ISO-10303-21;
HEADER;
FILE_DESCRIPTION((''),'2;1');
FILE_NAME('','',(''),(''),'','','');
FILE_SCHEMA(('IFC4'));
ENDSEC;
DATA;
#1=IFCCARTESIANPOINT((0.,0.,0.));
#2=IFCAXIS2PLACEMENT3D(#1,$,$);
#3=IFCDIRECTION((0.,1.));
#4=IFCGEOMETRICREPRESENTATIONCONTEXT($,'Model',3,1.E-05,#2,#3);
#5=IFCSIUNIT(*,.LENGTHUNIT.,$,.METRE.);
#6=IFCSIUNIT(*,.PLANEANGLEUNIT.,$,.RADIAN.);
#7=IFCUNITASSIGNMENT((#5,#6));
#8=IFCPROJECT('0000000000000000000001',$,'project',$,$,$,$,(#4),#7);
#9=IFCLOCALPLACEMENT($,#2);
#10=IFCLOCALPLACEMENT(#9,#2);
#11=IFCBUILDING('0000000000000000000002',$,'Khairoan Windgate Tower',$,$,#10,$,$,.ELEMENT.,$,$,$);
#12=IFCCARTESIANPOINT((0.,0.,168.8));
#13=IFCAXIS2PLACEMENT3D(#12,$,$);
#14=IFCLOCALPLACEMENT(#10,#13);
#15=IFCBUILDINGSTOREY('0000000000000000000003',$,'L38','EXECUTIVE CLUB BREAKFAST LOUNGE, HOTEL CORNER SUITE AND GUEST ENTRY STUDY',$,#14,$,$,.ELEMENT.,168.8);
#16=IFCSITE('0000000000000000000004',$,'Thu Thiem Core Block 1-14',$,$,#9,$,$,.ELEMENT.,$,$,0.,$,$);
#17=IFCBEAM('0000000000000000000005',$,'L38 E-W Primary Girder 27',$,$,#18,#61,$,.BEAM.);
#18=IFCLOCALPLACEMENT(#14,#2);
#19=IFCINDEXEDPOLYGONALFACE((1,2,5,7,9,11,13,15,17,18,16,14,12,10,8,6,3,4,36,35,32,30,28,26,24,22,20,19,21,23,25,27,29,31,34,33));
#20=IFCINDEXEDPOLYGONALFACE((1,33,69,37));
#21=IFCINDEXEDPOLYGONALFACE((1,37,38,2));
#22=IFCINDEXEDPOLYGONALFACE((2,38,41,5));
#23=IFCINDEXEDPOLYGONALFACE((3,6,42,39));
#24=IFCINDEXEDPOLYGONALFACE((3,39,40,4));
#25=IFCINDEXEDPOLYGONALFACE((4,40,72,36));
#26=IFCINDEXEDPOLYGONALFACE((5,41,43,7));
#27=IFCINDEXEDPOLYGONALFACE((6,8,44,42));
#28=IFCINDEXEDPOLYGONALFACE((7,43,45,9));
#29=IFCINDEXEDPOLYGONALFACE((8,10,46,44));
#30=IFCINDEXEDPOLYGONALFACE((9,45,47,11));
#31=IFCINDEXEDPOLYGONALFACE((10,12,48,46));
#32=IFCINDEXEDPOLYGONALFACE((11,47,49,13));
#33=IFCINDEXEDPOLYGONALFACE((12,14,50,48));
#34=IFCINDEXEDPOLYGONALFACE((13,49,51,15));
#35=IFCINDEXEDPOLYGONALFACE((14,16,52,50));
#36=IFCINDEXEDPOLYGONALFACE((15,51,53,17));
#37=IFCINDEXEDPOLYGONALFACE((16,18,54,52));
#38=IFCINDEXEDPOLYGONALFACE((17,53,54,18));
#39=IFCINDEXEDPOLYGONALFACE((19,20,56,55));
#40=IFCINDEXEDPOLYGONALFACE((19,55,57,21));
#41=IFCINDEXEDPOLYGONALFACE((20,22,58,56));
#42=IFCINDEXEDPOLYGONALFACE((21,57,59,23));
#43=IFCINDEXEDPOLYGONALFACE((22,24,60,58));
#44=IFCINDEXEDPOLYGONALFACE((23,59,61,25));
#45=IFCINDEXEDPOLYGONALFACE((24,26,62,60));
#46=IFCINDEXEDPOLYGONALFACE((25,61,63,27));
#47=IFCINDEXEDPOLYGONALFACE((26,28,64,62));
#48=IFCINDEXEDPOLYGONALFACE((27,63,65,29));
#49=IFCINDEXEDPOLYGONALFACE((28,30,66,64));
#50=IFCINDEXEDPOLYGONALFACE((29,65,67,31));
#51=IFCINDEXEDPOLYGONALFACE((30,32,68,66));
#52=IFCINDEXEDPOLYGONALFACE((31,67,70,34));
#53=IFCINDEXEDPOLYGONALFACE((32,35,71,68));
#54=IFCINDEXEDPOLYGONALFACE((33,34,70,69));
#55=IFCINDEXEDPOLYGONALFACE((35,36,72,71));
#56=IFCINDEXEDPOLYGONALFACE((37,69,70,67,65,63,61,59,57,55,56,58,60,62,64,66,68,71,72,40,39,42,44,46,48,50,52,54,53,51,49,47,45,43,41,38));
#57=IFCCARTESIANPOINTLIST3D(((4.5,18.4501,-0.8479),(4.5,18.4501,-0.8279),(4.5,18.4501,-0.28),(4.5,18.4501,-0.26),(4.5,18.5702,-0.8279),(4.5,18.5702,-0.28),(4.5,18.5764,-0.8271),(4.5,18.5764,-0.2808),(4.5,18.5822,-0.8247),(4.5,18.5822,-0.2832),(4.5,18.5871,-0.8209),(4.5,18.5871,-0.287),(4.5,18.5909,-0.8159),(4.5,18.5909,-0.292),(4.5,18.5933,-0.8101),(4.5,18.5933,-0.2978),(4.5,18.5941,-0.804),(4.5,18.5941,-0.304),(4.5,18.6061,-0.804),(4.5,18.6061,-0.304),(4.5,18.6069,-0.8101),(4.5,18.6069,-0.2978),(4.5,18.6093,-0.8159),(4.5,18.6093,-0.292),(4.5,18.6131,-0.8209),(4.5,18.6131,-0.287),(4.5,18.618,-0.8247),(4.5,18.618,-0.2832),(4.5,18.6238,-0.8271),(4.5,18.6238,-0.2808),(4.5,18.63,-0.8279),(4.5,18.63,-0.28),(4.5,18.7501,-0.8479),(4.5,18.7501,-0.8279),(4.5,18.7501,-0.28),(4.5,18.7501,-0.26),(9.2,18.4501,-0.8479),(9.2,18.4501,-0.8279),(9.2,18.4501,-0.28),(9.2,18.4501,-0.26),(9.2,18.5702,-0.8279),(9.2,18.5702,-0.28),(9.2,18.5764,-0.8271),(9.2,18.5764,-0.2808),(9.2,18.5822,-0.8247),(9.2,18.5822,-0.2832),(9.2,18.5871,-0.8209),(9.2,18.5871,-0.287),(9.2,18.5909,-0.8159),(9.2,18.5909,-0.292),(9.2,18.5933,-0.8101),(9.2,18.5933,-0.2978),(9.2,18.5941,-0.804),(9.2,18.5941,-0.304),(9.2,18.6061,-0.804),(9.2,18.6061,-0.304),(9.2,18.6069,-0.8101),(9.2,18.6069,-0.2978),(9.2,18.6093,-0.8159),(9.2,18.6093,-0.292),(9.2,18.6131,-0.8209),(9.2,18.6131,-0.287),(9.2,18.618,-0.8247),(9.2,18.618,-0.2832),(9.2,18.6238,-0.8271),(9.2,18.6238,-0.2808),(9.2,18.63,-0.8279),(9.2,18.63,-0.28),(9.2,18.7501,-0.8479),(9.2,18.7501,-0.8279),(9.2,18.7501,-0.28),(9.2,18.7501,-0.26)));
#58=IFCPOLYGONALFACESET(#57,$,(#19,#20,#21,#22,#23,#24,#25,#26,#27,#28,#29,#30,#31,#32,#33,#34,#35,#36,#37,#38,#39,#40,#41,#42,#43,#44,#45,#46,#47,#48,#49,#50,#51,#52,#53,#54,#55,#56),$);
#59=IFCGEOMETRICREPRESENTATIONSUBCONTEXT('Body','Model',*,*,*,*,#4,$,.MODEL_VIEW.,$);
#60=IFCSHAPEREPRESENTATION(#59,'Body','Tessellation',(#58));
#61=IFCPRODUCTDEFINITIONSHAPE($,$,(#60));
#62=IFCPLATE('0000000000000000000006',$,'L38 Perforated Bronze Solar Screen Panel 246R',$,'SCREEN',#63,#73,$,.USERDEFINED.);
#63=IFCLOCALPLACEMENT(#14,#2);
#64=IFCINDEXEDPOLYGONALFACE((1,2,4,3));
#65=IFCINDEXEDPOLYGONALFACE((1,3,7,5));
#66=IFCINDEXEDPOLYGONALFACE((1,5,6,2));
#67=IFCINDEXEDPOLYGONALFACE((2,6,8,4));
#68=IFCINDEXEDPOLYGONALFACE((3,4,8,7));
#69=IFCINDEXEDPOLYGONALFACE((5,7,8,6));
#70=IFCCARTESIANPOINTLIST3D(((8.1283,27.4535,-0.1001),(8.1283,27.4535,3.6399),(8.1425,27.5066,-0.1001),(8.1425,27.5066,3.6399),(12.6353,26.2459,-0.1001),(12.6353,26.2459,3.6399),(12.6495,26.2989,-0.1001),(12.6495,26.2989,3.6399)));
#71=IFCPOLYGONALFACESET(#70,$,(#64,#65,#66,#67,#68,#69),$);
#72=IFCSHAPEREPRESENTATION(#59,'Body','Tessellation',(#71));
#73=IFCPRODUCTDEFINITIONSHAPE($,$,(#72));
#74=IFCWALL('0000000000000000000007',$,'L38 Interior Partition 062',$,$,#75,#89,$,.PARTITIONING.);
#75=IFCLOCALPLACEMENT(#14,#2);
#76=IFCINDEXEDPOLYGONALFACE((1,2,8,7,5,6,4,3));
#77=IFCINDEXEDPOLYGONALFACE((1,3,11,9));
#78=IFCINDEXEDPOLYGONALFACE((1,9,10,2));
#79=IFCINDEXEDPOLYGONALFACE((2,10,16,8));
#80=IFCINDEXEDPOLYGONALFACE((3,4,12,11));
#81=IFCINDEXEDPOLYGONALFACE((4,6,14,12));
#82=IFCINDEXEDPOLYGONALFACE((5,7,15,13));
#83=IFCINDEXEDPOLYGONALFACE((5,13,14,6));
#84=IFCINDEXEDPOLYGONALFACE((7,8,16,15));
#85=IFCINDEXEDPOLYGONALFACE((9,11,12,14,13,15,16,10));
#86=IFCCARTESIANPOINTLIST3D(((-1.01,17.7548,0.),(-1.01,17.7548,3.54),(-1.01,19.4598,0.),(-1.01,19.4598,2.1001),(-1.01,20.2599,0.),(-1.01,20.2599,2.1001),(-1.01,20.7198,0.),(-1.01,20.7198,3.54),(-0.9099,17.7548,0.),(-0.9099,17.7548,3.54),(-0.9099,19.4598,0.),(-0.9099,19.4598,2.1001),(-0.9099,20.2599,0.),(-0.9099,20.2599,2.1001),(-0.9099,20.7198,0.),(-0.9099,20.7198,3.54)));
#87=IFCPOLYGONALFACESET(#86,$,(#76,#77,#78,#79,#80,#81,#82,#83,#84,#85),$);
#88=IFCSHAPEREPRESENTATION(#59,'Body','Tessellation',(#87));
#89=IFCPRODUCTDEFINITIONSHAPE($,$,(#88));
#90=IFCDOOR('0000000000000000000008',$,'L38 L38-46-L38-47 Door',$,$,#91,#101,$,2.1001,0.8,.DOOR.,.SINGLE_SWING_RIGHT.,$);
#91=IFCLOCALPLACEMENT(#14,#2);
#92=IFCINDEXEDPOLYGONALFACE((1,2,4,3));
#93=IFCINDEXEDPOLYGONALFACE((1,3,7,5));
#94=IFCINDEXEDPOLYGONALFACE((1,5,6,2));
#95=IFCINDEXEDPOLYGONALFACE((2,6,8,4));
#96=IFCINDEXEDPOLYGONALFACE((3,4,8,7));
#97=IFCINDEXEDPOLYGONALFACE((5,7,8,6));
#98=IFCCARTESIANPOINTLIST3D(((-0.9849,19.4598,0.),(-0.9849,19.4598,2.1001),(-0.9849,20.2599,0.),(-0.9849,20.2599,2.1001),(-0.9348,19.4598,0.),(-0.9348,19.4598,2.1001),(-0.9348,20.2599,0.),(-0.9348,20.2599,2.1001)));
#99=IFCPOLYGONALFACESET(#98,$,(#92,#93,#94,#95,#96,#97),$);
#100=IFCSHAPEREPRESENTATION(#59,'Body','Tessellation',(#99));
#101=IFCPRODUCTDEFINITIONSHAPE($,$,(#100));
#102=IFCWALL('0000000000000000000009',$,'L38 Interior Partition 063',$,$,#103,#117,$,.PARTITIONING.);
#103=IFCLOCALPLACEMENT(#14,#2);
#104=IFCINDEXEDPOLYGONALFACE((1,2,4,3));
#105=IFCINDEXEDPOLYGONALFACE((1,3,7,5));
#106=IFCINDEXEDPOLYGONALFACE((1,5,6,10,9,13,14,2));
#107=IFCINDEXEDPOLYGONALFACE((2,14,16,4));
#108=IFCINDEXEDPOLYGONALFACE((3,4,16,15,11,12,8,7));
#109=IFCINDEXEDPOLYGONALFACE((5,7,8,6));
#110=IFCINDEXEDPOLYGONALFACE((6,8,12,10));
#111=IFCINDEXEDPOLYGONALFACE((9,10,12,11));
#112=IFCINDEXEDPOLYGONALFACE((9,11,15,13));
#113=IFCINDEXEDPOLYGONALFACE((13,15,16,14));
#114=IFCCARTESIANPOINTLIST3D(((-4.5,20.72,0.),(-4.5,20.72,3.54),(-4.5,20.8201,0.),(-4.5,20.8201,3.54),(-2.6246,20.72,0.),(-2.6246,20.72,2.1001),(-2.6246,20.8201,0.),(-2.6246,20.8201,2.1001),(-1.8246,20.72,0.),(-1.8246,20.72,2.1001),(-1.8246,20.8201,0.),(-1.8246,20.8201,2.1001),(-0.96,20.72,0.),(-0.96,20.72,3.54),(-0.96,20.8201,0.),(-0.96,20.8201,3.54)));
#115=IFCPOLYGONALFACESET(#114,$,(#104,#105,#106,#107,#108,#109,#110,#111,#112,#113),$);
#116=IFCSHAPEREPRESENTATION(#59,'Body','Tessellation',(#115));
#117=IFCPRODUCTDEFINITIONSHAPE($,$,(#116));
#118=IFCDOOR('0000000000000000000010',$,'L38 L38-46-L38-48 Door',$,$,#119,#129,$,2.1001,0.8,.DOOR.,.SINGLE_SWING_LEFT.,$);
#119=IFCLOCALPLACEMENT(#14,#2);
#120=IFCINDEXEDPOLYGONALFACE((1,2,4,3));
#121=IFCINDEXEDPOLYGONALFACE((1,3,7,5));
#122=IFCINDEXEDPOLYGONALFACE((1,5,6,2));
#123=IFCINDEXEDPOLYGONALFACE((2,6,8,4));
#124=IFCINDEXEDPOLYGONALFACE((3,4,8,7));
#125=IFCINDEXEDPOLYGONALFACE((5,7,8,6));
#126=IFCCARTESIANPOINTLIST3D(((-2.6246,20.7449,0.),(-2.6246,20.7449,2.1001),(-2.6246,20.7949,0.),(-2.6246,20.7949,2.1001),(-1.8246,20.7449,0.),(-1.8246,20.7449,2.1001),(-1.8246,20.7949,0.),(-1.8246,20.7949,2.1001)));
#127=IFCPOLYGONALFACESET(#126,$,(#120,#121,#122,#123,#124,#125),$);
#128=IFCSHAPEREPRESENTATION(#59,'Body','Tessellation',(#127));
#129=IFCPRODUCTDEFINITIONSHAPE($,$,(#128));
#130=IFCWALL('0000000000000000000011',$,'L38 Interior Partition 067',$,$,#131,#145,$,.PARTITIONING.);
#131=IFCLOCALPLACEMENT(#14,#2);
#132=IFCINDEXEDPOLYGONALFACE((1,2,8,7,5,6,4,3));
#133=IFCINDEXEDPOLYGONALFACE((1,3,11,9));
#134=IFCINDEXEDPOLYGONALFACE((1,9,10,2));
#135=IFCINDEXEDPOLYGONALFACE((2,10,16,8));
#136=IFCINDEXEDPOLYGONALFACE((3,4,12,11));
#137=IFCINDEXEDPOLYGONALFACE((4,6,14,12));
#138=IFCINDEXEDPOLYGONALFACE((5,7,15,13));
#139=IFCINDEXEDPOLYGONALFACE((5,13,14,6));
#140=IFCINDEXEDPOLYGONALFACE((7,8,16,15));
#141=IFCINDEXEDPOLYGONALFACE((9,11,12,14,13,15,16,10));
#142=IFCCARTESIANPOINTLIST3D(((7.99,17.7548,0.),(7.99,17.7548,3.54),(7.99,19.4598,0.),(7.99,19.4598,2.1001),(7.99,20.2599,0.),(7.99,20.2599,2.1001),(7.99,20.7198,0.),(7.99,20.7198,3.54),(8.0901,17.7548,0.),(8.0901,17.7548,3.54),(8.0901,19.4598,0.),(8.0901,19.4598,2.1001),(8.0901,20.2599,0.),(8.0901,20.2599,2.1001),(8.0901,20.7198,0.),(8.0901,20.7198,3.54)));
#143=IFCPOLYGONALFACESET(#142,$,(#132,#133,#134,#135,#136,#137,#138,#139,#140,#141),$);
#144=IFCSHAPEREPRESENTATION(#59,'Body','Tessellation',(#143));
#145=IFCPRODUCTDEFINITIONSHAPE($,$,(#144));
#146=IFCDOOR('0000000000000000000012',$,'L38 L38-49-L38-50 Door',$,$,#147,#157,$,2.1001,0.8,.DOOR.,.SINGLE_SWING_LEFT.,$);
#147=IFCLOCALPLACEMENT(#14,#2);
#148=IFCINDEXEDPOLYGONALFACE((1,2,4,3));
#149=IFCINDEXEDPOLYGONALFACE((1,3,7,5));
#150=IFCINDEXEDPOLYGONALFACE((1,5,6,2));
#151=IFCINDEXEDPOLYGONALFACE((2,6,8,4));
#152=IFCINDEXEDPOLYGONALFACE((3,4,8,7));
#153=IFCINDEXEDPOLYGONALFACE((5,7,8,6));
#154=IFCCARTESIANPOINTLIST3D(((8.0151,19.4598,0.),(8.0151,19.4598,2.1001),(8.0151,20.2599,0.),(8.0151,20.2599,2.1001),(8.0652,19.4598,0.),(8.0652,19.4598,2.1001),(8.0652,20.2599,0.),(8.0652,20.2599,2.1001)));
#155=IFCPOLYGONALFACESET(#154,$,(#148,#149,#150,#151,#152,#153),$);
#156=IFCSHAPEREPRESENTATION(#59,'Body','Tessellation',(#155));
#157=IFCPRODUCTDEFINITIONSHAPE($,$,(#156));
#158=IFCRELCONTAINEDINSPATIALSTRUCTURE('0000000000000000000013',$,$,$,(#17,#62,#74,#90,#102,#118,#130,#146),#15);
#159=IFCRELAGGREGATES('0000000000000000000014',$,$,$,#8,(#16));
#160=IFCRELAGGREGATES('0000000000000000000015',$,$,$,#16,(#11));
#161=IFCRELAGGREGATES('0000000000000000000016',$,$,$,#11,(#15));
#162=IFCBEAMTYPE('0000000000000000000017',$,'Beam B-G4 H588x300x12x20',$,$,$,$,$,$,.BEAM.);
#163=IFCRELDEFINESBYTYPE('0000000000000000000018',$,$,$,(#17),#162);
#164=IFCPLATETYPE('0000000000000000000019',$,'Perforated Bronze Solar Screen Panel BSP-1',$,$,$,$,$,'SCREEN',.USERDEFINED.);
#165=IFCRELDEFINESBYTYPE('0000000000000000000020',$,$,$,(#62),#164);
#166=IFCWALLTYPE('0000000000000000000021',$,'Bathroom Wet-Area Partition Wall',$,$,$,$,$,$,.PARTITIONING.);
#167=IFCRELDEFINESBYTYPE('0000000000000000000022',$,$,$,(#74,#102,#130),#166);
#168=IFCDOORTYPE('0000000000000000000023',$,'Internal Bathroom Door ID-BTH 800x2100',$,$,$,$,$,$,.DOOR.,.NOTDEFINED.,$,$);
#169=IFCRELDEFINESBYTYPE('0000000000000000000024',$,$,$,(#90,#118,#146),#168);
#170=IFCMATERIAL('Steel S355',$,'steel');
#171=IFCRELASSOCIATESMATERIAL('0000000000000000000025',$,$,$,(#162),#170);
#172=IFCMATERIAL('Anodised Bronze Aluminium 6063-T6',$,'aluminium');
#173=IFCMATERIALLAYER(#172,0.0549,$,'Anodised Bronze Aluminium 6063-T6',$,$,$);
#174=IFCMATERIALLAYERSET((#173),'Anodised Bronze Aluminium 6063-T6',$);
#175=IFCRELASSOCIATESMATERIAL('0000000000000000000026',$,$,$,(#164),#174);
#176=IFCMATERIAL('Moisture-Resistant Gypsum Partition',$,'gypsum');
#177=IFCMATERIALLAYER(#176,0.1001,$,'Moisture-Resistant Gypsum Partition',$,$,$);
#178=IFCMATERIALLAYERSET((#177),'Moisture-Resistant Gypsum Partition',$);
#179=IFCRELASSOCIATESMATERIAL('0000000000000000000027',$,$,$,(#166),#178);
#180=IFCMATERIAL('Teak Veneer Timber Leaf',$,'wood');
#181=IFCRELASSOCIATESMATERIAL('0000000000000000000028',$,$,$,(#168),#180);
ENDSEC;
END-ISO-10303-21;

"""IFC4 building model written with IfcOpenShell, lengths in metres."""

from ifc_helpers import new_model, si_unit, direction, frame, frame_2d, origin, origin_2d, place, context, subcontext, project, spatial, rectangle, i_section, extrude, material, layer, layer_set, material_profile, profile_set, type_object, element, fill, save


model = new_model("IFC4")

# Units and contexts
model_context = context("Model", 3, precision=1e-05, world=origin(), true_north=direction((0.0, 1.0)))
body_context = subcontext(model_context, "Body", "Model", "MODEL_VIEW")
ifc_project = project(units=[si_unit("LENGTHUNIT", "METRE"), si_unit("PLANEANGLEUNIT", "RADIAN")], contexts=[model_context])

# Site, building, storey
site_placement = place(None, origin())
site = spatial("IfcSite", under=ifc_project, at=site_placement, Name="Thu Thiem Core Block 1-14", CompositionType="ELEMENT", RefElevation=0.0)
building_placement = place(site_placement, origin())
building = spatial("IfcBuilding", under=site, at=building_placement, Name="Khairoan Windgate Tower", CompositionType="ELEMENT")
storey_placement = place(building_placement, frame((0.0, 0.0, 168.8)))
storey = spatial("IfcBuildingStorey", under=building, at=storey_placement, Name="L38", Description="EXECUTIVE CLUB BREAKFAST LOUNGE, HOTEL CORNER SUITE AND GUEST ENTRY STUDY", CompositionType="ELEMENT", Elevation=168.8)

# Beam
ifc_material_1 = material(Name="Steel S355", Category="steel")
ifc_material_profile_1 = material_profile(ifc_material_1, i_section(OverallWidth=0.3, OverallDepth=0.5879, WebThickness=0.012, FlangeThickness=0.02, FilletRadius=0.0239, at=origin_2d()))
ifc_profile_set_1 = profile_set([ifc_material_profile_1], Name="Steel S355")
beam_type = type_object("IfcBeamType", Name="Beam B-G4 H588x300x12x20", PredefinedType="BEAM", material=ifc_profile_set_1)
beam_placement = place(storey_placement, frame((4.5, 18.6001, -0.554), z_axis=(1.0, 0.0, 0.0), x_axis=(0.0, 1.0, 0.0)))
element("IfcBeam", 1, at=beam_placement, inside=storey, type_object=beam_type, Name="L38 E-W Primary Girder 27", PredefinedType="BEAM", context=body_context, shape_type="SweptSolid", body=[
    extrude(i_section(OverallWidth=0.3, OverallDepth=0.5879, WebThickness=0.012, FlangeThickness=0.02, FilletRadius=0.0239, at=origin_2d()), origin(), (0.0, 0.0, 1.0), 4.7),
])

# Plate
ifc_material_2 = material(Name="Anodised Bronze Aluminium 6063-T6", Category="aluminium")
ifc_layer_1 = layer(ifc_material_2, 0.0549, Name="Anodised Bronze Aluminium 6063-T6")
ifc_layer_set_1 = layer_set([ifc_layer_1], Name="Anodised Bronze Aluminium 6063-T6")
plate_type = type_object("IfcPlateType", Name="Perforated Bronze Solar Screen Panel BSP-1", ElementType="SCREEN", PredefinedType="USERDEFINED", material=ifc_layer_set_1)
plate_placement = place(storey_placement, frame((10.3889, 26.8762, -0.1001), z_axis=(0.0, 0.0, 1.0), x_axis=(0.965926, -0.258819, 0.0)))
element("IfcPlate", 2, at=plate_placement, inside=storey, type_object=plate_type, Name="L38 Perforated Bronze Solar Screen Panel 246R", ObjectType="SCREEN", PredefinedType="USERDEFINED", context=body_context, shape_type="SweptSolid", body=[
    extrude(rectangle(XDim=4.666, YDim=0.0549, at=origin_2d()), origin(), (0.0, 0.0, 1.0), 3.74),
])

# Walls, openings, doors
ifc_material_3 = material(Name="Moisture-Resistant Gypsum Partition", Category="gypsum")
ifc_layer_2 = layer(ifc_material_3, 0.1001, Name="Moisture-Resistant Gypsum Partition")
ifc_layer_set_2 = layer_set([ifc_layer_2], Name="Moisture-Resistant Gypsum Partition")
wall_type_1 = type_object("IfcWallType", Name="Bathroom Wet-Area Partition Wall", PredefinedType="PARTITIONING", material=ifc_layer_set_2)
wall_1_placement = place(storey_placement, frame((-0.96, 17.7549, 0.0), z_axis=(0.0, 0.0, 1.0), x_axis=(0.0, 1.0, 0.0)))
wall_1 = element("IfcWall", 3, at=wall_1_placement, inside=storey, type_object=wall_type_1, Name="L38 Interior Partition 062", PredefinedType="PARTITIONING", context=body_context, shape_type="SweptSolid", body=[
    extrude(rectangle(XDim=2.9651, YDim=0.1001, at=frame_2d((1.4824, 0.0))), origin(), (0.0, 0.0, 1.0), 3.54),
])
opening_1_placement = place(wall_1_placement, frame((1.7051, 0.0, 0.0)))
opening_1 = element("IfcOpeningElement", 4, at=opening_1_placement, cuts=wall_1, PredefinedType="OPENING", context=body_context, shape_type="SweptSolid", body=[
    extrude(rectangle(XDim=0.8, YDim=2.1001, at=frame_2d((0.3999, 1.05))), frame((0.0, 0.0601, 0.0), z_axis=(0.0, -1.0, 0.0), x_axis=(1.0, 0.0, 0.0)), (0.0, 0.0, 1.0), 0.1201),
])
ifc_material_4 = material(Name="Teak Veneer Timber Leaf", Category="wood")
door_type_1 = type_object("IfcDoorType", Name="Internal Bathroom Door ID-BTH 800x2100", OperationType="NOTDEFINED", PredefinedType="DOOR", material=ifc_material_4)
door_1_placement = place(opening_1_placement, origin())
door_1 = element("IfcDoor", 5, at=door_1_placement, inside=storey, type_object=door_type_1, Name="L38 L38-46-L38-47 Door", OperationType="SINGLE_SWING_RIGHT", OverallHeight=2.1001, OverallWidth=0.8, PredefinedType="DOOR", context=body_context, shape_type="SweptSolid", body=[
    extrude(rectangle(XDim=0.8, YDim=2.1001, at=frame_2d((0.3999, 1.05))), frame((0.0, 0.0249, 0.0), z_axis=(0.0, -1.0, 0.0), x_axis=(1.0, 0.0, 0.0)), (0.0, 0.0, 1.0), 0.05),
])
fill(opening_1, door_1)
wall_2_placement = place(storey_placement, frame((-4.5, 20.77, 0.0), z_axis=(0.0, 0.0, 1.0), x_axis=(1.0, 0.0, 0.0)))
wall_2 = element("IfcWall", 6, at=wall_2_placement, inside=storey, type_object=wall_type_1, Name="L38 Interior Partition 063", PredefinedType="PARTITIONING", context=body_context, shape_type="SweptSolid", body=[
    extrude(rectangle(XDim=3.54, YDim=0.1001, at=frame_2d((1.77, 0.0))), origin(), (0.0, 0.0, 1.0), 3.54),
])
opening_2_placement = place(wall_2_placement, frame((1.8755, 0.0, 0.0)))
opening_2 = element("IfcOpeningElement", 7, at=opening_2_placement, cuts=wall_2, PredefinedType="OPENING", context=body_context, shape_type="SweptSolid", body=[
    extrude(rectangle(XDim=0.8, YDim=2.1001, at=frame_2d((0.3999, 1.05))), frame((0.0, 0.0601, 0.0), z_axis=(0.0, -1.0, 0.0), x_axis=(1.0, 0.0, 0.0)), (0.0, 0.0, 1.0), 0.1201),
])
door_2_placement = place(opening_2_placement, origin())
door_2 = element("IfcDoor", 8, at=door_2_placement, inside=storey, type_object=door_type_1, Name="L38 L38-46-L38-48 Door", OperationType="SINGLE_SWING_LEFT", OverallHeight=2.1001, OverallWidth=0.8, PredefinedType="DOOR", context=body_context, shape_type="SweptSolid", body=[
    extrude(rectangle(XDim=0.8, YDim=2.1001, at=frame_2d((0.3999, 1.05))), frame((0.0, 0.0249, 0.0), z_axis=(0.0, -1.0, 0.0), x_axis=(1.0, 0.0, 0.0)), (0.0, 0.0, 1.0), 0.05),
])
fill(opening_2, door_2)
wall_3_placement = place(storey_placement, frame((8.04, 17.7549, 0.0), z_axis=(0.0, 0.0, 1.0), x_axis=(0.0, 1.0, 0.0)))
wall_3 = element("IfcWall", 9, at=wall_3_placement, inside=storey, type_object=wall_type_1, Name="L38 Interior Partition 067", PredefinedType="PARTITIONING", context=body_context, shape_type="SweptSolid", body=[
    extrude(rectangle(XDim=2.9651, YDim=0.1001, at=frame_2d((1.4824, 0.0))), origin(), (0.0, 0.0, 1.0), 3.54),
])
opening_3_placement = place(wall_3_placement, frame((1.7051, 0.0, 0.0)))
opening_3 = element("IfcOpeningElement", 10, at=opening_3_placement, cuts=wall_3, PredefinedType="OPENING", context=body_context, shape_type="SweptSolid", body=[
    extrude(rectangle(XDim=0.8, YDim=2.1001, at=frame_2d((0.3999, 1.05))), frame((0.0, 0.0601, 0.0), z_axis=(0.0, -1.0, 0.0), x_axis=(1.0, 0.0, 0.0)), (0.0, 0.0, 1.0), 0.1201),
])
door_3_placement = place(opening_3_placement, origin())
door_3 = element("IfcDoor", 11, at=door_3_placement, inside=storey, type_object=door_type_1, Name="L38 L38-49-L38-50 Door", OperationType="SINGLE_SWING_LEFT", OverallHeight=2.1001, OverallWidth=0.8, PredefinedType="DOOR", context=body_context, shape_type="SweptSolid", body=[
    extrude(rectangle(XDim=0.8, YDim=2.1001, at=frame_2d((0.3999, 1.05))), frame((0.0, 0.0249, 0.0), z_axis=(0.0, -1.0, 0.0), x_axis=(1.0, 0.0, 0.0)), (0.0, 0.0, 1.0), 0.05),
])
fill(opening_3, door_3)

save(model, "model.ifc")
